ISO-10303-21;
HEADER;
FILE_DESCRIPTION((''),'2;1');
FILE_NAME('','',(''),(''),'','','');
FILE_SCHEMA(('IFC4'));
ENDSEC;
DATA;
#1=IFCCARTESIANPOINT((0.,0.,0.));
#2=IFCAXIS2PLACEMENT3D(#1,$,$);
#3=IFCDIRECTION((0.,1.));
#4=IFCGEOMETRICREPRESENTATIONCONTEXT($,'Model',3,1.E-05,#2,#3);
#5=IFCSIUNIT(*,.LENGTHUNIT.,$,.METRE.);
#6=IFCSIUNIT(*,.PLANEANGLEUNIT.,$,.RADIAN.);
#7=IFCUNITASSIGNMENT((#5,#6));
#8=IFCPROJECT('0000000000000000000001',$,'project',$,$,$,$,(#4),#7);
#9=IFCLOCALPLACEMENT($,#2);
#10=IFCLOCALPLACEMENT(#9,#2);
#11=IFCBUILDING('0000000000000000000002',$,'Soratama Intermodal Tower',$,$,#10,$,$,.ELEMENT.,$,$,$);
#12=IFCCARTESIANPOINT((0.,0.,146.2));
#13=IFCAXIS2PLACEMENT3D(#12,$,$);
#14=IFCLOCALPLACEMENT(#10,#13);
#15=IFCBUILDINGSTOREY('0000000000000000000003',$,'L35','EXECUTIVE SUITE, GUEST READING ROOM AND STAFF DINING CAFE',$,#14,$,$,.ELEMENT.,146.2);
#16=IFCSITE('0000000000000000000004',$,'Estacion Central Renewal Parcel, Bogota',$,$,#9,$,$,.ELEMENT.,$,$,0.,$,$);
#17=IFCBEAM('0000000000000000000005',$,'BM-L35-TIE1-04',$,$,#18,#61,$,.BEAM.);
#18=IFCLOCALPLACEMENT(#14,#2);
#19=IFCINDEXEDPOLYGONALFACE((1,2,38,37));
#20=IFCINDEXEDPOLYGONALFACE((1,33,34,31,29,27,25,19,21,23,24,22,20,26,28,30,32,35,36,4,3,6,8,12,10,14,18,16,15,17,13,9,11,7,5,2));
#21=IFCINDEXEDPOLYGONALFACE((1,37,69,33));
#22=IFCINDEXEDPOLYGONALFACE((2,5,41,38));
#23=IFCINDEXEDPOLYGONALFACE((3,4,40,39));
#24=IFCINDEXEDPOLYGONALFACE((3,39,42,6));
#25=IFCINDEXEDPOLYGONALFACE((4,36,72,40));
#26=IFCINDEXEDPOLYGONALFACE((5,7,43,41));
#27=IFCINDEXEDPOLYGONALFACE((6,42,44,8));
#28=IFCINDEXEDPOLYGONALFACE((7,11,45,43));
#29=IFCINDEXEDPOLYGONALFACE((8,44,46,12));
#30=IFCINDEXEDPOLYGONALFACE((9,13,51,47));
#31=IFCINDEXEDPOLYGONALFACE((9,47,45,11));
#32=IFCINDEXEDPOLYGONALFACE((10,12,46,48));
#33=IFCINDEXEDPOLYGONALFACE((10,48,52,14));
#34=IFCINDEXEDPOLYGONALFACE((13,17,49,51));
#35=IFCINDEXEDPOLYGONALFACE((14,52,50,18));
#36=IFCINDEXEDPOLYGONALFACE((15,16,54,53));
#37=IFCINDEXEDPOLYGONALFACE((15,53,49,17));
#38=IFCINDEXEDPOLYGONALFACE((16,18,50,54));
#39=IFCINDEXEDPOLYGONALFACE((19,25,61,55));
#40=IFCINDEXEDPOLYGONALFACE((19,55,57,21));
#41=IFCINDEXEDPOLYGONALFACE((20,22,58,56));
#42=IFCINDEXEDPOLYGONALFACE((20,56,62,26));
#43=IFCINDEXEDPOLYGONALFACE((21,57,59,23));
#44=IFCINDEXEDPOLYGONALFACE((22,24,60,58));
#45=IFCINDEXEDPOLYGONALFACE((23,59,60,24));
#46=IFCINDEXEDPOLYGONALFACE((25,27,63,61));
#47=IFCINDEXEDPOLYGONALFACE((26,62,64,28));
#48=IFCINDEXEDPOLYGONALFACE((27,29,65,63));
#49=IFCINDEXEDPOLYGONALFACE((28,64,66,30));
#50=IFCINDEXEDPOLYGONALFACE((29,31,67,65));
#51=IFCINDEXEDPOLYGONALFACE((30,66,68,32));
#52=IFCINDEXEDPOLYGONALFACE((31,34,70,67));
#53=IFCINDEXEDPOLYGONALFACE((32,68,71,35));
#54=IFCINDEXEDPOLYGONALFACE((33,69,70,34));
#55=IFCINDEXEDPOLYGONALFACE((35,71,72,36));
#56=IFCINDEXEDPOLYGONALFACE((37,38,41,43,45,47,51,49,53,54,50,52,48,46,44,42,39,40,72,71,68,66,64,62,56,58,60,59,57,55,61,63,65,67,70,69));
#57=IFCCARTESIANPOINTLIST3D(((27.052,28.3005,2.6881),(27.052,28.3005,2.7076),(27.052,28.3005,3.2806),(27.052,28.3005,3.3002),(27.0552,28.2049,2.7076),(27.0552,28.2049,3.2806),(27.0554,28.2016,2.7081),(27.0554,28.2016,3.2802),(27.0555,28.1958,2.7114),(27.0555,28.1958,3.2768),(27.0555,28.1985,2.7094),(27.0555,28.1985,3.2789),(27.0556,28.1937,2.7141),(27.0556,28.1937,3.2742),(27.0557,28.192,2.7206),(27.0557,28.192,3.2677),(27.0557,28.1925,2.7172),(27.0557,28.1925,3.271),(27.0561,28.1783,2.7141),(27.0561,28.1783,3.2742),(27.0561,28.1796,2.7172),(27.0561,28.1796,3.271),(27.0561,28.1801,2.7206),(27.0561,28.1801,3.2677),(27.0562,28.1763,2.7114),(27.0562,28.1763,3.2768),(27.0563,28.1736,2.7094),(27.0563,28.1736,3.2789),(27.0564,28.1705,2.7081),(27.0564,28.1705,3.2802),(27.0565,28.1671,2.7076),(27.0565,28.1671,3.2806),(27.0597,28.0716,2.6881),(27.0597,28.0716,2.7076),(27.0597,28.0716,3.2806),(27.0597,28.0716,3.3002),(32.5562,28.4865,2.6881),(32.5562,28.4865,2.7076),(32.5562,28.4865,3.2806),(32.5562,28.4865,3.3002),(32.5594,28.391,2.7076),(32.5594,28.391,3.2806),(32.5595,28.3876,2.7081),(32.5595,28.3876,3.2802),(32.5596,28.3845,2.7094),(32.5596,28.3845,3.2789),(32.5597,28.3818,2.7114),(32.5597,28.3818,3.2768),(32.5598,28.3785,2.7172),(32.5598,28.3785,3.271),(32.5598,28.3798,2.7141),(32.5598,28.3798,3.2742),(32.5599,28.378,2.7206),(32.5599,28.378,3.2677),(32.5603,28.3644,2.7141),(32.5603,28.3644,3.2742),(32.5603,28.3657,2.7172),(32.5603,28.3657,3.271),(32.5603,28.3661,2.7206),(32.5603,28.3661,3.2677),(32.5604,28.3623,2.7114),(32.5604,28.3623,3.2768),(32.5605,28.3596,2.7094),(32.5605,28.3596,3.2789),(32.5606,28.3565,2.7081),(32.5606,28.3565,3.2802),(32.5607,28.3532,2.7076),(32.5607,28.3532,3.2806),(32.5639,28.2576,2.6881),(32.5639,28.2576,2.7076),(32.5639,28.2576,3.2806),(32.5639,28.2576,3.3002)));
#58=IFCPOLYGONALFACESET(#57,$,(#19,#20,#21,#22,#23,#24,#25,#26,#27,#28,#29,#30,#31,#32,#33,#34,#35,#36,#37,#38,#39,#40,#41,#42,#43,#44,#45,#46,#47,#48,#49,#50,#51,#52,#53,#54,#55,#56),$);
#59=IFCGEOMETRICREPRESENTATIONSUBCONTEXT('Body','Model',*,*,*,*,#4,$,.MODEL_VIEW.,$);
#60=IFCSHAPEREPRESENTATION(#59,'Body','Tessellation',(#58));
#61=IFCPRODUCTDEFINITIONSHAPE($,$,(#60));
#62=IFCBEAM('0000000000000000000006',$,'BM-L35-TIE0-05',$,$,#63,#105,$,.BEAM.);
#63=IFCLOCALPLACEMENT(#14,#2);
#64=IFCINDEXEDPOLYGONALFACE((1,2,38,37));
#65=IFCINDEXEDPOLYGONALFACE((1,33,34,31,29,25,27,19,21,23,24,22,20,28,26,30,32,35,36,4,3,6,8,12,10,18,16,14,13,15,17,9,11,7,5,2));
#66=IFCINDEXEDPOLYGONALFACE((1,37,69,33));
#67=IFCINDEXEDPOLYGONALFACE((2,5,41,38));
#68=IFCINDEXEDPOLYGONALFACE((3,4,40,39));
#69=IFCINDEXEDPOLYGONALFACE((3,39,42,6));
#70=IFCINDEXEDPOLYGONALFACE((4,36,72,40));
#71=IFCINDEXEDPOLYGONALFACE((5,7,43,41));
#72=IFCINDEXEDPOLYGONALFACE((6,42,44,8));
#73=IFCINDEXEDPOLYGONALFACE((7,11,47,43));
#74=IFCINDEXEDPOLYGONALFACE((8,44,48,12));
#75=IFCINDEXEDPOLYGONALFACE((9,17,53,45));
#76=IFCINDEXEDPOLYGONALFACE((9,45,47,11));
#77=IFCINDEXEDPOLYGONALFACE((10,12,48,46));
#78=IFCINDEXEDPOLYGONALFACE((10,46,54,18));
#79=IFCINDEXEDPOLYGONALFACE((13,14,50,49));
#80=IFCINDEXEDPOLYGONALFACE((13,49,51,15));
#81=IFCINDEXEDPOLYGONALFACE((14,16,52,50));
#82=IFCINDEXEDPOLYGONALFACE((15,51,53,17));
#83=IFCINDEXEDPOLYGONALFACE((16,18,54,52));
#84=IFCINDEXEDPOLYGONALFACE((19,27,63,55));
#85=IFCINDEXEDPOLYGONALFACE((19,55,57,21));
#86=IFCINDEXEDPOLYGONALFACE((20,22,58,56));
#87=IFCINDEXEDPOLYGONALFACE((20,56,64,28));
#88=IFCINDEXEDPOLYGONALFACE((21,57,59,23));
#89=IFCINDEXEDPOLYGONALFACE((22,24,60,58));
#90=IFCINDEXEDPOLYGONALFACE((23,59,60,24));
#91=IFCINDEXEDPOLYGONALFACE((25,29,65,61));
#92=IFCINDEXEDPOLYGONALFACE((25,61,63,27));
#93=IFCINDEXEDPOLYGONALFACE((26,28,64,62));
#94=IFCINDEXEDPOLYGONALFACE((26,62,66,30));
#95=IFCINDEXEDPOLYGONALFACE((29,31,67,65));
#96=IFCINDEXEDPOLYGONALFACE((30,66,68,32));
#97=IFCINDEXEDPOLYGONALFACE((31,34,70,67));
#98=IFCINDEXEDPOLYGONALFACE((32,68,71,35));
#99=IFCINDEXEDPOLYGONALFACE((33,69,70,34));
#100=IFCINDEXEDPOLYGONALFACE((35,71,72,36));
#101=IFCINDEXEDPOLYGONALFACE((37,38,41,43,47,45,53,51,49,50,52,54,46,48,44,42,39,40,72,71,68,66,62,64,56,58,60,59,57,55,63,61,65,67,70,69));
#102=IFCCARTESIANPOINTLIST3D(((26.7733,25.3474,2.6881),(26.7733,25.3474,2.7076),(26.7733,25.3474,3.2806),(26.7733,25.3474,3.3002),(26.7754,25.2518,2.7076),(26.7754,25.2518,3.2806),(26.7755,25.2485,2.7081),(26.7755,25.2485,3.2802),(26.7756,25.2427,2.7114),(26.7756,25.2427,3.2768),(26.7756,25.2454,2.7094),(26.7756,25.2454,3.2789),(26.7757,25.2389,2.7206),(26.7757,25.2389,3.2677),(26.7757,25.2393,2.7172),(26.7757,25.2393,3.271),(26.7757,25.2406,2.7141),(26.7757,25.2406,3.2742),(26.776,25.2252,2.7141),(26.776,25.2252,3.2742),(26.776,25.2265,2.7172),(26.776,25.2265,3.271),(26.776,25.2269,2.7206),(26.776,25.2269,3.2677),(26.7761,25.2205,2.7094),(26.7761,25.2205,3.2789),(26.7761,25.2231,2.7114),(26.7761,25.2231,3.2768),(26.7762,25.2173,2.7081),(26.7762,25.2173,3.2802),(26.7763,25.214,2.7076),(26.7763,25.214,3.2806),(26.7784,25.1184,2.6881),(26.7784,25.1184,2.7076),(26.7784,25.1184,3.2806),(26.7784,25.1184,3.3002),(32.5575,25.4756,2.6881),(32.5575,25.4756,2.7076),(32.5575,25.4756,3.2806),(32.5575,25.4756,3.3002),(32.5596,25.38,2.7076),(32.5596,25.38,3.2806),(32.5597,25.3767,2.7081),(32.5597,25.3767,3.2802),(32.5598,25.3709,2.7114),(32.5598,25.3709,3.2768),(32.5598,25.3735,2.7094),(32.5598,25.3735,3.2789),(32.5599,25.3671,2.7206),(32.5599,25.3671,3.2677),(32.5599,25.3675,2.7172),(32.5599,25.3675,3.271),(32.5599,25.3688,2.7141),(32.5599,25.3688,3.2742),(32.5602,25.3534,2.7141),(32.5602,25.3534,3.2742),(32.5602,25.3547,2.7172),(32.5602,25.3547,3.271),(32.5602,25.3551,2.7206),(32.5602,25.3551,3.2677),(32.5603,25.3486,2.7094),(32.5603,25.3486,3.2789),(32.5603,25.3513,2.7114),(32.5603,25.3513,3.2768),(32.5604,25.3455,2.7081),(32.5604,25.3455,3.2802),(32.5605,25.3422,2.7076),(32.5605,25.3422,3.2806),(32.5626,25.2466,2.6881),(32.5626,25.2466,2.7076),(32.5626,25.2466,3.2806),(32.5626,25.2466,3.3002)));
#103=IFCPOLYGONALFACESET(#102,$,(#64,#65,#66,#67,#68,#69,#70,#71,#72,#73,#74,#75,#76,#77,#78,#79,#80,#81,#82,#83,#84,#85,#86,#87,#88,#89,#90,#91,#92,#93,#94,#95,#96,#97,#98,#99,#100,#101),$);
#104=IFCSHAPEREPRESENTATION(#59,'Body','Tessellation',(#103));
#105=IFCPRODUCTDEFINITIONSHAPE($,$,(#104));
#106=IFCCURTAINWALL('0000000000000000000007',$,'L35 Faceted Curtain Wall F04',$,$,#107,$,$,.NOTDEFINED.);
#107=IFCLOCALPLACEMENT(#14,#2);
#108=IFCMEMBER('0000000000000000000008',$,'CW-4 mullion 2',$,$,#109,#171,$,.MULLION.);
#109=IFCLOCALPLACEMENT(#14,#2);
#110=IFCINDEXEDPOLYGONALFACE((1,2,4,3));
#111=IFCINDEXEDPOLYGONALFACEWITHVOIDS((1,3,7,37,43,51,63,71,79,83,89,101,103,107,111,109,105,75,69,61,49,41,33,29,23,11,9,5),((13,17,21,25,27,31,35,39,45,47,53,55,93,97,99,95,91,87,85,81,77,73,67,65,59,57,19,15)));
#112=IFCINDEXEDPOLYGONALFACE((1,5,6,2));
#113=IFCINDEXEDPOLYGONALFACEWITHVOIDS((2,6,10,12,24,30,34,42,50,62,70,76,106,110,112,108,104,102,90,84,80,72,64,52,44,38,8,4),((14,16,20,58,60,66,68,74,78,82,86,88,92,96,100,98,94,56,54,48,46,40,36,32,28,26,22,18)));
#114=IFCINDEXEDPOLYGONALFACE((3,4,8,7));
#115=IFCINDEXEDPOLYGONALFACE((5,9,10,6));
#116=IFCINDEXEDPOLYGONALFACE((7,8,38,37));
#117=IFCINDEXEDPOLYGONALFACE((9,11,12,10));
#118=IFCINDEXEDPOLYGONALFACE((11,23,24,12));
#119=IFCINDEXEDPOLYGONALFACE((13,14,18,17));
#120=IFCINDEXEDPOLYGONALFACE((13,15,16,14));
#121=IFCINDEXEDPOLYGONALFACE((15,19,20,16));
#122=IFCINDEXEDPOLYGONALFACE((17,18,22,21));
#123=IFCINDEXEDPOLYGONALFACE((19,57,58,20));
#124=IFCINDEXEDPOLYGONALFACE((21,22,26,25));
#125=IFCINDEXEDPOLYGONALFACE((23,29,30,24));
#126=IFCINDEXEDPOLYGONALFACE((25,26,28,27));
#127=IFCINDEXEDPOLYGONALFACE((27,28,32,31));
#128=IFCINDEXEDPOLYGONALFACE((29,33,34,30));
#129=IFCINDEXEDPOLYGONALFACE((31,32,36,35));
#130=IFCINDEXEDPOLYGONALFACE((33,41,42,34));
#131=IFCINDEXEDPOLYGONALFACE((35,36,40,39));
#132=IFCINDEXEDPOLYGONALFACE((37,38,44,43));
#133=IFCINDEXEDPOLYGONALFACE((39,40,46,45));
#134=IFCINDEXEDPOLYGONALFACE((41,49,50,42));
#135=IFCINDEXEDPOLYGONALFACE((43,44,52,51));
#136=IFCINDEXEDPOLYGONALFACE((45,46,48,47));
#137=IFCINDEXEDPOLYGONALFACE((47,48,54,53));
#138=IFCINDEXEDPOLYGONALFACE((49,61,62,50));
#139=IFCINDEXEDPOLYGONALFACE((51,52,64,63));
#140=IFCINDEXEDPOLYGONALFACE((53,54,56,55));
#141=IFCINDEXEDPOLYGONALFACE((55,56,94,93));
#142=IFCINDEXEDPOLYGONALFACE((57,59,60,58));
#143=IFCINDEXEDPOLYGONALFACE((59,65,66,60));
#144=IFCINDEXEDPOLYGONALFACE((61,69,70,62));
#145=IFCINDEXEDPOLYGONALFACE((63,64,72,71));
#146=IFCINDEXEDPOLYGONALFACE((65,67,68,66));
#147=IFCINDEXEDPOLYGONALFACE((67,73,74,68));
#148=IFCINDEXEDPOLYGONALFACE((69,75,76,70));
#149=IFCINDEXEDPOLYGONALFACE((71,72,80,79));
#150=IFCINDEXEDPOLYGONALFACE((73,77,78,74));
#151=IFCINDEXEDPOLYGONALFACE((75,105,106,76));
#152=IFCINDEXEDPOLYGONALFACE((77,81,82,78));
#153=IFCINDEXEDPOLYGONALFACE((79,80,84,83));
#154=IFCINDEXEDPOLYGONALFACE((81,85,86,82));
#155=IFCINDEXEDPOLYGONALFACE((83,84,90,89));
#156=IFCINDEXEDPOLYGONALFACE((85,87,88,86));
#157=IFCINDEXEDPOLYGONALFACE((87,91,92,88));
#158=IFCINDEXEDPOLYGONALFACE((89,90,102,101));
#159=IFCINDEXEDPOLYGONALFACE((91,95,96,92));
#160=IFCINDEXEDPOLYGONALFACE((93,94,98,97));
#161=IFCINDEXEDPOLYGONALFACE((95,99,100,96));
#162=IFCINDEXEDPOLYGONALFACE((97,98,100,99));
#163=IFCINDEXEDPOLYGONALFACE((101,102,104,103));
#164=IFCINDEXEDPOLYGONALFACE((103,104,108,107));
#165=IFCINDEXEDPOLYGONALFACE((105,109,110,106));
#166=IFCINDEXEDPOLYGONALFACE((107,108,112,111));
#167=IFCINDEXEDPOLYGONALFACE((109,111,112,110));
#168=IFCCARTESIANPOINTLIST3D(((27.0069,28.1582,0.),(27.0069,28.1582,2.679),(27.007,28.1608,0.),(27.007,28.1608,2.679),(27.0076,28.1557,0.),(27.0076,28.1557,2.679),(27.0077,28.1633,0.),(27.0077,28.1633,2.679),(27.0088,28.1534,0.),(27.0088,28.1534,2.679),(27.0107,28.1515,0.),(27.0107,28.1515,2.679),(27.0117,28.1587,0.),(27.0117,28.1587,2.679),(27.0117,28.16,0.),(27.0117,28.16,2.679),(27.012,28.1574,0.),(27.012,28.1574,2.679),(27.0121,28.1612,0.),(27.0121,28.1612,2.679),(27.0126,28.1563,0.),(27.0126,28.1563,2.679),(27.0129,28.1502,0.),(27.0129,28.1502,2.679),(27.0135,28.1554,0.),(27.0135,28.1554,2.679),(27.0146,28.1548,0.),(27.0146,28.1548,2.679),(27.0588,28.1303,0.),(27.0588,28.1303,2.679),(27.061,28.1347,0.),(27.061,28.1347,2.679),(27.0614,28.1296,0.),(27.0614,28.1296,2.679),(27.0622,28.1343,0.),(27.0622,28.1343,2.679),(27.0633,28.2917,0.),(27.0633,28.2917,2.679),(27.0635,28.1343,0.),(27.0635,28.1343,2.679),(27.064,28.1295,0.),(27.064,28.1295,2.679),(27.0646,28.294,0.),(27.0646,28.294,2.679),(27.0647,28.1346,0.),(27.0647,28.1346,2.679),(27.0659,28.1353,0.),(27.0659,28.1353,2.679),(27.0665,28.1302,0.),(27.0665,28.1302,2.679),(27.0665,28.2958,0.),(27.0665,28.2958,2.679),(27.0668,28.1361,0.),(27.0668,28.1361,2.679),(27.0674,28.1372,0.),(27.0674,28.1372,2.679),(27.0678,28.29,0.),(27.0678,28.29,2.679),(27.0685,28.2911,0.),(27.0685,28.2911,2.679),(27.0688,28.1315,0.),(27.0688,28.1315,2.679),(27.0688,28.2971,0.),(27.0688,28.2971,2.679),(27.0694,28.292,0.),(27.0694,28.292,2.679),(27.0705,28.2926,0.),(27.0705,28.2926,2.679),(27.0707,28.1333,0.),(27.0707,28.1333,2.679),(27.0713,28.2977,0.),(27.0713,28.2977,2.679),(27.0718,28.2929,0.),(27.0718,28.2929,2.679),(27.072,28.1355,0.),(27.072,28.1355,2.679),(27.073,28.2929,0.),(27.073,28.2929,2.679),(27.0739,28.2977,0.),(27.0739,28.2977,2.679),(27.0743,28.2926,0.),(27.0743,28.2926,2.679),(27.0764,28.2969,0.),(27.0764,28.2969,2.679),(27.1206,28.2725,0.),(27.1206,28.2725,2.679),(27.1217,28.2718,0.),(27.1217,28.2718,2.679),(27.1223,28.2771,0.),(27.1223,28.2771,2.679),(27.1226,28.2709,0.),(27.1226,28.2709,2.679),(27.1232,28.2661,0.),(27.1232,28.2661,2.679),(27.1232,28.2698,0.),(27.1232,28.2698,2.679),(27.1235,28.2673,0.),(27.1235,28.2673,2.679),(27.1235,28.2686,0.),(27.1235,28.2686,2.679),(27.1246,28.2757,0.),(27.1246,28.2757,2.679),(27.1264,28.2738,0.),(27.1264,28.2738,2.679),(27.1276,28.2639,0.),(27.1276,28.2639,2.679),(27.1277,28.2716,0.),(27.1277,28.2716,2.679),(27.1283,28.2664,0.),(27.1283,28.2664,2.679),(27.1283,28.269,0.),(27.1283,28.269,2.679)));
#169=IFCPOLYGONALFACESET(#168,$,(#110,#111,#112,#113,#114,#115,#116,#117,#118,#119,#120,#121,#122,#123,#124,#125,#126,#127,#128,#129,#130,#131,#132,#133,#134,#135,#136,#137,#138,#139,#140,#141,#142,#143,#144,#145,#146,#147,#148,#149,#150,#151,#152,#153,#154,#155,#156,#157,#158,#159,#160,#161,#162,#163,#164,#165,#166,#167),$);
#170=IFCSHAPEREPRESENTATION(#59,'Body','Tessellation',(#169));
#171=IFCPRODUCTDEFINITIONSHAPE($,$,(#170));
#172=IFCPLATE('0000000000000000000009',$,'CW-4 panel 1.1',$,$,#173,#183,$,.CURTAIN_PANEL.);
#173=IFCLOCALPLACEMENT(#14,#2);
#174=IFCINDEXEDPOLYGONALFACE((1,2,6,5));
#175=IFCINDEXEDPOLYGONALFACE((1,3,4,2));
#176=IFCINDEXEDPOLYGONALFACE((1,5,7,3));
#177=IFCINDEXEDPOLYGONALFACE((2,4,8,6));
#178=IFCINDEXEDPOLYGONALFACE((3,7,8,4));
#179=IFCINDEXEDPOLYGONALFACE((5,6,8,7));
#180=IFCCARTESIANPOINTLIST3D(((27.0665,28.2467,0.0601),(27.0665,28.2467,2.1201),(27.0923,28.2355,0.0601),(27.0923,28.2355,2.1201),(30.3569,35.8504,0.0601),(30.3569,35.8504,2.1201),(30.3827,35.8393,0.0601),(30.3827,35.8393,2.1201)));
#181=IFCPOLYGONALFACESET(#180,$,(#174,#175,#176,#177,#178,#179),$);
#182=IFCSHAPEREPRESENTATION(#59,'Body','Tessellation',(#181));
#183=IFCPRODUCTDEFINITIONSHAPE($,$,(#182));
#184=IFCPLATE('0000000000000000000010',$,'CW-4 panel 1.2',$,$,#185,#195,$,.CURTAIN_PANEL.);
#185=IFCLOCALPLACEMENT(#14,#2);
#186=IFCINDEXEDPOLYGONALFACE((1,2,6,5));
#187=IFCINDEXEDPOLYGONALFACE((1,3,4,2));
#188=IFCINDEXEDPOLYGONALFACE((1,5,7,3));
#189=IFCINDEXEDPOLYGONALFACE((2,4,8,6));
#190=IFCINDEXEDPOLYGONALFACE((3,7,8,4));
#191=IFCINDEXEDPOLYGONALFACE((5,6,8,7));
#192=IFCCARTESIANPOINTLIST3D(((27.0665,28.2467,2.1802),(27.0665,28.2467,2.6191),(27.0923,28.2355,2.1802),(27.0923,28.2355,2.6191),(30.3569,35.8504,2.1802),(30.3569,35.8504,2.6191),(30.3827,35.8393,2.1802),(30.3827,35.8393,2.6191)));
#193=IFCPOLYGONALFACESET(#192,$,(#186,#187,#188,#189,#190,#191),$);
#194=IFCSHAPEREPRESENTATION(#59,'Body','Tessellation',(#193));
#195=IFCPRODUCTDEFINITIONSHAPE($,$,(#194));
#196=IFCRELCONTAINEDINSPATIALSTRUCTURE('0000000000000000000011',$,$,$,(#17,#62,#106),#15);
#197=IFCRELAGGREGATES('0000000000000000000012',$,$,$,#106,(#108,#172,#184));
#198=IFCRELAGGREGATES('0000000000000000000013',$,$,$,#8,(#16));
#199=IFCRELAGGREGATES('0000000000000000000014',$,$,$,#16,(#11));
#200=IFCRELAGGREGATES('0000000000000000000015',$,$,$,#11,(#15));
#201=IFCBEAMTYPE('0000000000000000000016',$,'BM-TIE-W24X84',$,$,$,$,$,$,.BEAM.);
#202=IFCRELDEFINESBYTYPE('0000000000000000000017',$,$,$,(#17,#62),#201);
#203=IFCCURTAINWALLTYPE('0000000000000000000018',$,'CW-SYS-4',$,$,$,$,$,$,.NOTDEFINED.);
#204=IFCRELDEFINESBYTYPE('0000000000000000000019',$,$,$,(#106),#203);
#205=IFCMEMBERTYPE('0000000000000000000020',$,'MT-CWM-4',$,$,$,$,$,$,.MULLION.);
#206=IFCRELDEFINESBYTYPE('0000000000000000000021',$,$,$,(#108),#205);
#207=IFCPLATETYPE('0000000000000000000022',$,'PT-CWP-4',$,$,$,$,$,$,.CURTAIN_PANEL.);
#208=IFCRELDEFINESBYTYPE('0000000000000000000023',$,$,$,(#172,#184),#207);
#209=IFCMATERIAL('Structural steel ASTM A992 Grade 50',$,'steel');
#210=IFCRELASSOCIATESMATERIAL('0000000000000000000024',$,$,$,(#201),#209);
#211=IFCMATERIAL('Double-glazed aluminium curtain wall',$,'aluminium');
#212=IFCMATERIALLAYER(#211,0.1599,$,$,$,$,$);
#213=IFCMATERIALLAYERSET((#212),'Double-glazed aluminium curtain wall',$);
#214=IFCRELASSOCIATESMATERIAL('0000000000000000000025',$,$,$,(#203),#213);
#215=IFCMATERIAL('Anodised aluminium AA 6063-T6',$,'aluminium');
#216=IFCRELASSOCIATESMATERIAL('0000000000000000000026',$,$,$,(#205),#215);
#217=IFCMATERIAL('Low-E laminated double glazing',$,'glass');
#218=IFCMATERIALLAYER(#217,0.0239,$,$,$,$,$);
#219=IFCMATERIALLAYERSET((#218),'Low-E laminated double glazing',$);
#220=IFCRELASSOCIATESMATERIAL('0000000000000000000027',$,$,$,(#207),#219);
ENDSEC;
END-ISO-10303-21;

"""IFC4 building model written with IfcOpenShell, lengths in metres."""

from ifc_helpers import new_model, si_unit, direction, frame, origin, origin_2d, place, context, subcontext, project, spatial, rectangle, hollow_rectangle, i_section, extrude, material, layer, layer_set, material_profile, profile_set, type_object, element, aggregate, save


model = new_model("IFC4")

# Units and contexts
model_context = context("Model", 3, precision=1e-05, world=origin(), true_north=direction((0.0, 1.0)))
body_context = subcontext(model_context, "Body", "Model", "MODEL_VIEW")
ifc_project = project(units=[si_unit("LENGTHUNIT", "METRE"), si_unit("PLANEANGLEUNIT", "RADIAN")], contexts=[model_context])

# Site, building, storey
site_placement = place(None, origin())
site = spatial("IfcSite", under=ifc_project, at=site_placement, Name="Estacion Central Renewal Parcel, Bogota", CompositionType="ELEMENT", RefElevation=0.0)
building_placement = place(site_placement, origin())
building = spatial("IfcBuilding", under=site, at=building_placement, Name="Soratama Intermodal Tower", CompositionType="ELEMENT")
storey_placement = place(building_placement, frame((0.0, 0.0, 146.2)))
storey = spatial("IfcBuildingStorey", under=building, at=storey_placement, Name="L35", Description="EXECUTIVE SUITE, GUEST READING ROOM AND STAFF DINING CAFE", CompositionType="ELEMENT", Elevation=146.2)

# Beams
ifc_material_1 = material(Name="Structural steel ASTM A992 Grade 50", Category="steel")
ifc_material_profile_1 = material_profile(ifc_material_1, i_section(OverallWidth=0.229, OverallDepth=0.6121, WebThickness=0.012, FlangeThickness=0.0195, FilletRadius=0.0129, at=origin_2d()), Name="W24X84")
ifc_profile_set_1 = profile_set([ifc_material_profile_1], Name="Structural steel ASTM A992 Grade 50")
beam_type_1 = type_object("IfcBeamType", Name="BM-TIE-W24X84", PredefinedType="BEAM", material=ifc_profile_set_1)
beam_1_placement = place(storey_placement, frame((32.5601, 28.3721, 2.9941), z_axis=(-0.999429, -0.03378, 0.0), x_axis=(0.03378, -0.999429, 0.0)))
element("IfcBeam", 1, at=beam_1_placement, inside=storey, type_object=beam_type_1, Name="BM-L35-TIE1-04", PredefinedType="BEAM", context=body_context, shape_type="SweptSolid", body=[
    extrude(i_section(OverallWidth=0.229, OverallDepth=0.6121, WebThickness=0.012, FlangeThickness=0.0195, FilletRadius=0.0129, at=origin_2d()), origin(), (0.0, 0.0, 1.0), 5.5073),
])
beam_2_placement = place(storey_placement, frame((32.5601, 25.3611, 2.9941), z_axis=(-0.999755, -0.022154, 0.0), x_axis=(0.022154, -0.999755, 0.0)))
element("IfcBeam", 2, at=beam_2_placement, inside=storey, type_object=beam_type_1, Name="BM-L35-TIE0-05", PredefinedType="BEAM", context=body_context, shape_type="SweptSolid", body=[
    extrude(i_section(OverallWidth=0.229, OverallDepth=0.6121, WebThickness=0.012, FlangeThickness=0.0195, FilletRadius=0.0129, at=origin_2d()), origin(), (0.0, 0.0, 1.0), 5.7856),
])

# Curtain wall, member, plates
ifc_material_2 = material(Name="Double-glazed aluminium curtain wall", Category="aluminium")
ifc_layer_1 = layer(ifc_material_2, 0.1599)
ifc_layer_set_1 = layer_set([ifc_layer_1], Name="Double-glazed aluminium curtain wall")
curtain_wall_type = type_object("IfcCurtainWallType", Name="CW-SYS-4", PredefinedType="NOTDEFINED", material=ifc_layer_set_1)
curtain_wall_placement = place(storey_placement, origin())
curtain_wall = element("IfcCurtainWall", 3, at=curtain_wall_placement, inside=storey, type_object=curtain_wall_type, Name="L35 Faceted Curtain Wall F04", PredefinedType="NOTDEFINED")
ifc_material_3 = material(Name="Anodised aluminium AA 6063-T6", Category="aluminium")
ifc_material_profile_2 = material_profile(ifc_material_3, hollow_rectangle(XDim=0.0701, YDim=0.1599, WallThickness=0.0049, InnerFilletRadius=0.0049, OuterFilletRadius=0.01, at=origin_2d()), Name="CWM160X70X5")
ifc_profile_set_2 = profile_set([ifc_material_profile_2], Name="Anodised aluminium AA 6063-T6")
member_type = type_object("IfcMemberType", Name="MT-CWM-4", PredefinedType="MULLION", material=ifc_profile_set_2)
member_placement = place(storey_placement, frame((27.0676, 28.2136, 0.0), z_axis=(0.0, 0.0, 1.0), x_axis=(0.917757, -0.397142, 0.0)))
member = element("IfcMember", 4, at=member_placement, type_object=member_type, Name="CW-4 mullion 2", PredefinedType="MULLION", context=body_context, shape_type="SweptSolid", body=[
    extrude(hollow_rectangle(XDim=0.0701, YDim=0.1599, WallThickness=0.0049, InnerFilletRadius=0.0049, OuterFilletRadius=0.01, at=origin_2d()), origin(), (0.0, 0.0, 1.0), 2.679),
])
ifc_material_4 = material(Name="Low-E laminated double glazing", Category="glass")
ifc_layer_2 = layer(ifc_material_4, 0.0239)
ifc_layer_set_2 = layer_set([ifc_layer_2], Name="Low-E laminated double glazing")
plate_type = type_object("IfcPlateType", Name="PT-CWP-4", PredefinedType="CURTAIN_PANEL", material=ifc_layer_set_2)
plate_1_placement = place(storey_placement, frame((28.7246, 32.043, 0.0601), z_axis=(0.0, 0.0, 1.0), x_axis=(-0.397142, -0.917757, 0.0)))
plate_1 = element("IfcPlate", 5, at=plate_1_placement, type_object=plate_type, Name="CW-4 panel 1.1", PredefinedType="CURTAIN_PANEL", context=body_context, shape_type="SweptSolid", body=[
    extrude(rectangle(XDim=8.2852, YDim=0.0281, at=origin_2d()), origin(), (0.0, 0.0, 1.0), 2.0601),
])
plate_2_placement = place(storey_placement, frame((28.7246, 32.043, 2.1802), z_axis=(0.0, 0.0, 1.0), x_axis=(-0.397142, -0.917757, 0.0)))
plate_2 = element("IfcPlate", 6, at=plate_2_placement, type_object=plate_type, Name="CW-4 panel 1.2", PredefinedType="CURTAIN_PANEL", context=body_context, shape_type="SweptSolid", body=[
    extrude(rectangle(XDim=8.2852, YDim=0.0281, at=origin_2d()), origin(), (0.0, 0.0, 1.0), 0.439),
])
aggregate(curtain_wall, [member, plate_1, plate_2])

save(model, "model.ifc")
